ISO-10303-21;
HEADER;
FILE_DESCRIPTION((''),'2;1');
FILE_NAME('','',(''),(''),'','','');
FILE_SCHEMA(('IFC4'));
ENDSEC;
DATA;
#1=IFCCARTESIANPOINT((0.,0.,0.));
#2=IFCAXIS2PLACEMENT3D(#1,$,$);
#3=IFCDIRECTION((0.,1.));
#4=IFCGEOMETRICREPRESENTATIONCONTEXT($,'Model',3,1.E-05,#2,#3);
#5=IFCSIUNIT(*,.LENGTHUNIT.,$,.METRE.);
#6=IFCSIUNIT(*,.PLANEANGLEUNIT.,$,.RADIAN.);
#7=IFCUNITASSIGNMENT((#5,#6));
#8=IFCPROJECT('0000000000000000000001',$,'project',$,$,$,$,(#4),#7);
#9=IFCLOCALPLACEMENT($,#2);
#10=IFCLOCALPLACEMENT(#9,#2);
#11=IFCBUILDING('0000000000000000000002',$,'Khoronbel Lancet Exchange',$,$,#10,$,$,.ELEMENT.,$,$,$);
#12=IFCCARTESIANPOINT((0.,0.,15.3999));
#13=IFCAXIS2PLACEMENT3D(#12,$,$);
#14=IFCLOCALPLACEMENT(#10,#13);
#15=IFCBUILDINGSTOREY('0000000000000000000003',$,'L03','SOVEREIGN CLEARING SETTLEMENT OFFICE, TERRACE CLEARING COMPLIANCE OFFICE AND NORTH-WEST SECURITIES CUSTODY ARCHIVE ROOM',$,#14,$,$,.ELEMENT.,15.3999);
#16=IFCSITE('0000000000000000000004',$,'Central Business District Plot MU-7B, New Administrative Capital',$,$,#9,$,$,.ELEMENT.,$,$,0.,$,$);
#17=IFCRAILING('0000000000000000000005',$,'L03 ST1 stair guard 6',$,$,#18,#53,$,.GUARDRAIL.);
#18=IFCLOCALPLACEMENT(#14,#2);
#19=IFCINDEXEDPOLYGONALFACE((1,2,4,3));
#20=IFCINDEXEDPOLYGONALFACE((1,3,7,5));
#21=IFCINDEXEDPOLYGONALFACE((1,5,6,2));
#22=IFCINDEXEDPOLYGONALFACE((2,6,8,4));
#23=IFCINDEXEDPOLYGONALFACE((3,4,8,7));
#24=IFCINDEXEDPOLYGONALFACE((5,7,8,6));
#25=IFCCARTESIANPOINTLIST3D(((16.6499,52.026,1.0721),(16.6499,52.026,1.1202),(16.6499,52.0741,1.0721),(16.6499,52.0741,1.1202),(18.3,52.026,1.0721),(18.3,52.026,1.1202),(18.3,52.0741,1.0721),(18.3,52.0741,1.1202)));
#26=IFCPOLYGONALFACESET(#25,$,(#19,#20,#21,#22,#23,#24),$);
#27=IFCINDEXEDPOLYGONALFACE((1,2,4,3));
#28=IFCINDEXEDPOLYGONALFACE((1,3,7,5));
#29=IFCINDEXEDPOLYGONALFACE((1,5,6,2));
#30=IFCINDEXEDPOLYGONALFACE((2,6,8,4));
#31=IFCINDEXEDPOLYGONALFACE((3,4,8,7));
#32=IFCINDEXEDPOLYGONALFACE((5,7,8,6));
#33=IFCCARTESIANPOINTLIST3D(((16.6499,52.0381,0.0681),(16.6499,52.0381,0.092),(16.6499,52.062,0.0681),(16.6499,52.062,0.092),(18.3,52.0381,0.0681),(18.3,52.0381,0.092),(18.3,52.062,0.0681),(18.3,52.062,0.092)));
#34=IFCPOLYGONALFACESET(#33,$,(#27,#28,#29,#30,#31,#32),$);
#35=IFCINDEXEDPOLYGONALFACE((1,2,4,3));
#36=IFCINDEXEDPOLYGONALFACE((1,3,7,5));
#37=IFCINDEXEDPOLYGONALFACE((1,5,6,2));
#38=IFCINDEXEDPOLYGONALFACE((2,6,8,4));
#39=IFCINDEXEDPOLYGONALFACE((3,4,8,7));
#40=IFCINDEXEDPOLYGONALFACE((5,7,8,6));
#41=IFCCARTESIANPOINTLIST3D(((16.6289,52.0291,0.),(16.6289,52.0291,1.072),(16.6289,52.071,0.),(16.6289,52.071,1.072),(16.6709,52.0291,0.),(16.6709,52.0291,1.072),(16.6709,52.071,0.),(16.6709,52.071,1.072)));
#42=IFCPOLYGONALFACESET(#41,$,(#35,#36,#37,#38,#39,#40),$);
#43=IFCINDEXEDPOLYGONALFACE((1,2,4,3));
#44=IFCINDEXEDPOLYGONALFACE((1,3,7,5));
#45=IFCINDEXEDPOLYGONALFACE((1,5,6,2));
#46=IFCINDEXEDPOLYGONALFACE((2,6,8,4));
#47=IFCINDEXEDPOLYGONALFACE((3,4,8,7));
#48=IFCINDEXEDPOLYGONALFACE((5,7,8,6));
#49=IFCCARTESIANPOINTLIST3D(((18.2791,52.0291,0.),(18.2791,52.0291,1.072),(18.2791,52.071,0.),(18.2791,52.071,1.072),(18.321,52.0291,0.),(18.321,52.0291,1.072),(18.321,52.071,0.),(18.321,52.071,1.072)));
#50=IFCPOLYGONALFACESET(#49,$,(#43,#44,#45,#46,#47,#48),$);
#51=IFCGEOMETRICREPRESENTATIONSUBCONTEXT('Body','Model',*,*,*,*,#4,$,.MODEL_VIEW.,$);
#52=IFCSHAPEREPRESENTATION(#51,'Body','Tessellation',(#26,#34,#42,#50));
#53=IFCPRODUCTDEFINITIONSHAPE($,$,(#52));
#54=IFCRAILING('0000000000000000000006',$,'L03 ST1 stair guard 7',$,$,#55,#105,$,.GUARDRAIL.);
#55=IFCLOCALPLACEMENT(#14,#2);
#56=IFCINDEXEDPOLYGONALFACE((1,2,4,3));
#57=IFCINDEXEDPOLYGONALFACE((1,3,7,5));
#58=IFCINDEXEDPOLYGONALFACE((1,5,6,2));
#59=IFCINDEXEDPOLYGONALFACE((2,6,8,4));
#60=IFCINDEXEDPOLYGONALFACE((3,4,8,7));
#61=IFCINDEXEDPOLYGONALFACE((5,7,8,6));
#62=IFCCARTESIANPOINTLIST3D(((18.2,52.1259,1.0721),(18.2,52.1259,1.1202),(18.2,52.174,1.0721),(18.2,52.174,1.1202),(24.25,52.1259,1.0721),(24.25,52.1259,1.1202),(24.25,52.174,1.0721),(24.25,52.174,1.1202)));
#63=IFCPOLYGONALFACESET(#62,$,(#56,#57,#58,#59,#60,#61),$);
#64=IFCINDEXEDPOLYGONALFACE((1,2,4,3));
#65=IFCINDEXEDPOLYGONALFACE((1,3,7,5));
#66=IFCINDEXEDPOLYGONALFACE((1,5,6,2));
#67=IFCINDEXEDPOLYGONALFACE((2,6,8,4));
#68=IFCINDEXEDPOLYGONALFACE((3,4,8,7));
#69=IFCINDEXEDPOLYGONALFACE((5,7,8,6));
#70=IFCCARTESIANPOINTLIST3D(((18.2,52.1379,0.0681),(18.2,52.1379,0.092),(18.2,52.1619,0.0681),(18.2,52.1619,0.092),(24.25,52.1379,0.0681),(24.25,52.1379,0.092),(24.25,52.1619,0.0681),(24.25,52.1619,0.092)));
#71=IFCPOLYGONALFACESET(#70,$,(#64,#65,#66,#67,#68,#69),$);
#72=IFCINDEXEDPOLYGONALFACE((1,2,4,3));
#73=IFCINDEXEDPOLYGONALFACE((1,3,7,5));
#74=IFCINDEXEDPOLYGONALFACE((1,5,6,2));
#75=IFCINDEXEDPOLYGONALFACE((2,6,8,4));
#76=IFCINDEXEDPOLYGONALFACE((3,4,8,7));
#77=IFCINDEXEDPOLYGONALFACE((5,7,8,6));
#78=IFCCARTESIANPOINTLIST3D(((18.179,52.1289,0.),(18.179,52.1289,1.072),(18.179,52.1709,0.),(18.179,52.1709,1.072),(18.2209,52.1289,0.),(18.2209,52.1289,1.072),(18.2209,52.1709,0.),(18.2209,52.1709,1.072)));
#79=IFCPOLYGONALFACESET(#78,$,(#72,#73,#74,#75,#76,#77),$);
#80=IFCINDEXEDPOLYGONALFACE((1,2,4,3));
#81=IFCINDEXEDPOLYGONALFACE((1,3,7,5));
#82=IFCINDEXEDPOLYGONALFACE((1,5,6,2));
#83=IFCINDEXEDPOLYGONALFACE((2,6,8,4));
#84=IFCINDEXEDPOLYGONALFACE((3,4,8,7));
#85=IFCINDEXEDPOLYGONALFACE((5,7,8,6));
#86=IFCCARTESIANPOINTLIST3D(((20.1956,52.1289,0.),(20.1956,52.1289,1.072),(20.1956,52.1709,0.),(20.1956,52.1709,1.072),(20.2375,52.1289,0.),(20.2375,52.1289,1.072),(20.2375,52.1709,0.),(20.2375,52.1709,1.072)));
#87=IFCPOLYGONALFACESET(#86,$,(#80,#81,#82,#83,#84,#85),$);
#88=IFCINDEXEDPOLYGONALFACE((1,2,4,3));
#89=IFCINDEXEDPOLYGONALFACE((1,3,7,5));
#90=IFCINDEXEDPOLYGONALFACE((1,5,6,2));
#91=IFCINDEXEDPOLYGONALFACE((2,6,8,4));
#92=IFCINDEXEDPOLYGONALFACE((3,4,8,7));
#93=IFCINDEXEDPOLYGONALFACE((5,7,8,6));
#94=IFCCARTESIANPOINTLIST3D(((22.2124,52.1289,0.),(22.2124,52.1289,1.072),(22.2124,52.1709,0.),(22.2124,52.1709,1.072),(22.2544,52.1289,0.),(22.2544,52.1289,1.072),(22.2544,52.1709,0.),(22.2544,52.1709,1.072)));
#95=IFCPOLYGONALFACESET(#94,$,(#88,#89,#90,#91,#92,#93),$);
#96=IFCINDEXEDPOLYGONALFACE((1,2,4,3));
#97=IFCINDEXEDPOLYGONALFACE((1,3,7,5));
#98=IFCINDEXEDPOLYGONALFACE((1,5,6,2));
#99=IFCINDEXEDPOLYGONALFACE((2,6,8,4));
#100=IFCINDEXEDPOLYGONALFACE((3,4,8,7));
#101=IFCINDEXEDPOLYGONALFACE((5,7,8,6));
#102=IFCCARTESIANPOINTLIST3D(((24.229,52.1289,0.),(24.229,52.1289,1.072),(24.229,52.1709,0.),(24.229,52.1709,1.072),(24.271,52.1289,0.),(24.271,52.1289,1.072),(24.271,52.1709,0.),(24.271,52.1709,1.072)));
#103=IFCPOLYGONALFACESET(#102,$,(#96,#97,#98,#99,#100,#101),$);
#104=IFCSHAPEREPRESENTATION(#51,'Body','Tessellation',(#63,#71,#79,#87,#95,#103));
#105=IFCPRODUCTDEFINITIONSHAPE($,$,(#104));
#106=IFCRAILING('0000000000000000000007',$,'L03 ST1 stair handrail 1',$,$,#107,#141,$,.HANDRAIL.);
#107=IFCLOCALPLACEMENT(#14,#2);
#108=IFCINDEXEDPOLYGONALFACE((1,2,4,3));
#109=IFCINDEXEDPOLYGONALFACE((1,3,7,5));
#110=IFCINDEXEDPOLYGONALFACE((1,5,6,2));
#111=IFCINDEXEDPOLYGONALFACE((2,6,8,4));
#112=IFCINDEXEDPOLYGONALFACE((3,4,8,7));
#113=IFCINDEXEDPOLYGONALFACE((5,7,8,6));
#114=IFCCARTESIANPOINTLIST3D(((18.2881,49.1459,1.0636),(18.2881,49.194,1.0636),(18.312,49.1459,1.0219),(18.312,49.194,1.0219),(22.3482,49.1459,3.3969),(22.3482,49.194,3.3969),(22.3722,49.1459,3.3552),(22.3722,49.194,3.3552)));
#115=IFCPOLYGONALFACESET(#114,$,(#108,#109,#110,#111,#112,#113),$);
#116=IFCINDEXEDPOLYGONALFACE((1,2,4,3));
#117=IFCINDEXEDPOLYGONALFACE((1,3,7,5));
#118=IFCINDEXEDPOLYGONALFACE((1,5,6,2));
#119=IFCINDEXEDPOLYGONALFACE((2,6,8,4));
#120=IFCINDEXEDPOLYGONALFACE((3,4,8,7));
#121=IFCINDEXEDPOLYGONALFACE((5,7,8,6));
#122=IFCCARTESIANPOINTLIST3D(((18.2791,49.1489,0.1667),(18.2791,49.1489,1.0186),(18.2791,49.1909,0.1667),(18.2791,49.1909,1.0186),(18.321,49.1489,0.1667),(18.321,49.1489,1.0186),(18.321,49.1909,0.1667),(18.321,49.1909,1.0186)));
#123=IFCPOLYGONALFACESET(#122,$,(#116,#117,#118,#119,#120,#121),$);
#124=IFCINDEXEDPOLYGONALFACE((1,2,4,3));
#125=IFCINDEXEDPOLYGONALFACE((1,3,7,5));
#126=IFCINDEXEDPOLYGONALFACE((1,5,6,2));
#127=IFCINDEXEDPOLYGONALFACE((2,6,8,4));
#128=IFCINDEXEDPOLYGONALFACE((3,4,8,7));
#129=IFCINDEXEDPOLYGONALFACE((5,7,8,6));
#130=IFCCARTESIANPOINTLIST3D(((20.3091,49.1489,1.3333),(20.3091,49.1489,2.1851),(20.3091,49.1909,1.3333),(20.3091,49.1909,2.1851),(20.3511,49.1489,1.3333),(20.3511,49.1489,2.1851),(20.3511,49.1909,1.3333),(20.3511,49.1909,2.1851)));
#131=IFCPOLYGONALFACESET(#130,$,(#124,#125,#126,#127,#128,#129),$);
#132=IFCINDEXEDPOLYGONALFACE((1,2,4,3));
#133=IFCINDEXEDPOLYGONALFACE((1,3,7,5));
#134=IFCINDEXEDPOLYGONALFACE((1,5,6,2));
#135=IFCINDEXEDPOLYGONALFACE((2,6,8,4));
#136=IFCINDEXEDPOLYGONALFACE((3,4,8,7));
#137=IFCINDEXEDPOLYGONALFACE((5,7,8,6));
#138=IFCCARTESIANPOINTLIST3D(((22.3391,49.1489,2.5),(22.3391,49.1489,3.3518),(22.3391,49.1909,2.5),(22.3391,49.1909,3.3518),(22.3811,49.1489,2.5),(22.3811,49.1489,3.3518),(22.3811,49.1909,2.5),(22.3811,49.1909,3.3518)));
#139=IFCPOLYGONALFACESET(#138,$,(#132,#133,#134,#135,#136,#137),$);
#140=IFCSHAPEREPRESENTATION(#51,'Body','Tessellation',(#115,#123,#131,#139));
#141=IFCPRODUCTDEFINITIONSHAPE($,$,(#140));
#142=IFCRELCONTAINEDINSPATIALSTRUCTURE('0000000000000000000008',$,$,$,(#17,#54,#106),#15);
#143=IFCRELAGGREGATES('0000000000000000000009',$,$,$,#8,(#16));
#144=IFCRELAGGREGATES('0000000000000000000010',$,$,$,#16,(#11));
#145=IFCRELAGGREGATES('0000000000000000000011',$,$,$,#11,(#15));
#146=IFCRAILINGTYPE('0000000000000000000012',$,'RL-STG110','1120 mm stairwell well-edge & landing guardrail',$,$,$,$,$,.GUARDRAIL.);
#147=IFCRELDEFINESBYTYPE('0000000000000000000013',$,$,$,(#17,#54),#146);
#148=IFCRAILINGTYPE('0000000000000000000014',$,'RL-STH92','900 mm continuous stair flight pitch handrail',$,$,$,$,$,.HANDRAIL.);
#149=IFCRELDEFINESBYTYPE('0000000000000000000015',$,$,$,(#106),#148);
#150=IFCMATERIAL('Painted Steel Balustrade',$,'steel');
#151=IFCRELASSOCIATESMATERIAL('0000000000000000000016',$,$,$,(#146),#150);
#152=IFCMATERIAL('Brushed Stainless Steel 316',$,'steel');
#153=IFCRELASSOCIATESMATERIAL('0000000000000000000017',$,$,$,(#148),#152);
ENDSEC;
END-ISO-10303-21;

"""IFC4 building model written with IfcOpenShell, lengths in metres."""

from ifc_helpers import new_model, si_unit, direction, frame, origin, origin_2d, place, context, subcontext, project, spatial, rectangle, extrude, material, type_object, element, save


model = new_model("IFC4")

# Units and contexts
model_context = context("Model", 3, precision=1e-05, world=origin(), true_north=direction((0.0, 1.0)))
body_context = subcontext(model_context, "Body", "Model", "MODEL_VIEW")
ifc_project = project(units=[si_unit("LENGTHUNIT", "METRE"), si_unit("PLANEANGLEUNIT", "RADIAN")], contexts=[model_context])

# Site, building, storey
site_placement = place(None, origin())
site = spatial("IfcSite", under=ifc_project, at=site_placement, Name="Central Business District Plot MU-7B, New Administrative Capital", CompositionType="ELEMENT", RefElevation=0.0)
building_placement = place(site_placement, origin())
building = spatial("IfcBuilding", under=site, at=building_placement, Name="Khoronbel Lancet Exchange", CompositionType="ELEMENT")
storey_placement = place(building_placement, frame((0.0, 0.0, 15.3999)))
storey = spatial("IfcBuildingStorey", under=building, at=storey_placement, Name="L03", Description="SOVEREIGN CLEARING SETTLEMENT OFFICE, TERRACE CLEARING COMPLIANCE OFFICE AND NORTH-WEST SECURITIES CUSTODY ARCHIVE ROOM", CompositionType="ELEMENT", Elevation=15.3999)

# Railings
ifc_material_1 = material(Name="Painted Steel Balustrade", Category="steel")
railing_type_1 = type_object("IfcRailingType", Name="RL-STG110", Description="1120 mm stairwell well-edge & landing guardrail", PredefinedType="GUARDRAIL", material=ifc_material_1)
railing_1_placement = place(storey_placement, frame((16.6499, 52.05, 0.0)))
element("IfcRailing", 1, at=railing_1_placement, inside=storey, type_object=railing_type_1, Name="L03 ST1 stair guard 6", PredefinedType="GUARDRAIL", context=body_context, shape_type="SweptSolid", body=[
    extrude(rectangle(XDim=0.0481, YDim=0.0481, at=origin_2d()), frame((0.0, 0.0, 1.0962), z_axis=(1.0, 0.0, 0.0), x_axis=(0.0, 1.0, 0.0)), (0.0, 0.0, 1.0), 1.6501),
    extrude(rectangle(XDim=0.0239, YDim=0.0239, at=origin_2d()), frame((0.0, 0.0, 0.0801), z_axis=(1.0, 0.0, 0.0), x_axis=(0.0, 1.0, 0.0)), (0.0, 0.0, 1.0), 1.6501),
    extrude(rectangle(XDim=0.042, YDim=0.042, at=origin_2d()), origin(), (0.0, 0.0, 1.0), 1.072),
    extrude(rectangle(XDim=0.042, YDim=0.042, at=origin_2d()), frame((1.6501, 0.0, 0.0)), (0.0, 0.0, 1.0), 1.072),
])
railing_2_placement = place(storey_placement, frame((18.2, 52.1499, 0.0)))
element("IfcRailing", 2, at=railing_2_placement, inside=storey, type_object=railing_type_1, Name="L03 ST1 stair guard 7", PredefinedType="GUARDRAIL", context=body_context, shape_type="SweptSolid", body=[
    extrude(rectangle(XDim=0.0481, YDim=0.0481, at=origin_2d()), frame((0.0, 0.0, 1.0962), z_axis=(1.0, 0.0, 0.0), x_axis=(0.0, 1.0, 0.0)), (0.0, 0.0, 1.0), 6.05),
    extrude(rectangle(XDim=0.0239, YDim=0.0239, at=origin_2d()), frame((0.0, 0.0, 0.0801), z_axis=(1.0, 0.0, 0.0), x_axis=(0.0, 1.0, 0.0)), (0.0, 0.0, 1.0), 6.05),
    extrude(rectangle(XDim=0.042, YDim=0.042, at=origin_2d()), origin(), (0.0, 0.0, 1.0), 1.072),
    extrude(rectangle(XDim=0.042, YDim=0.042, at=origin_2d()), frame((2.0166, 0.0, 0.0)), (0.0, 0.0, 1.0), 1.072),
    extrude(rectangle(XDim=0.042, YDim=0.042, at=origin_2d()), frame((4.0334, 0.0, 0.0)), (0.0, 0.0, 1.0), 1.072),
    extrude(rectangle(XDim=0.042, YDim=0.042, at=origin_2d()), frame((6.05, 0.0, 0.0)), (0.0, 0.0, 1.0), 1.072),
])
ifc_material_2 = material(Name="Brushed Stainless Steel 316", Category="steel")
railing_type_2 = type_object("IfcRailingType", Name="RL-STH92", Description="900 mm continuous stair flight pitch handrail", PredefinedType="HANDRAIL", material=ifc_material_2)
railing_3_placement = place(storey_placement, frame((18.3, 49.1699, 0.1667)))
element("IfcRailing", 3, at=railing_3_placement, inside=storey, type_object=railing_type_2, Name="L03 ST1 stair handrail 1", PredefinedType="HANDRAIL", context=body_context, shape_type="SweptSolid", body=[
    extrude(rectangle(XDim=0.0481, YDim=0.0481, at=origin_2d()), frame((0.0, 0.0, 0.876), z_axis=(0.867025, 0.0, 0.498265), x_axis=(0.0, 1.0, 0.0)), (0.0, 0.0, 1.0), 4.6829),
    extrude(rectangle(XDim=0.042, YDim=0.042, at=origin_2d()), origin(), (0.0, 0.0, 1.0), 0.8518),
    extrude(rectangle(XDim=0.042, YDim=0.042, at=origin_2d()), frame((2.03, 0.0, 1.1665)), (0.0, 0.0, 1.0), 0.8518),
    extrude(rectangle(XDim=0.042, YDim=0.042, at=origin_2d()), frame((4.0601, 0.0, 2.3333)), (0.0, 0.0, 1.0), 0.8518),
])

save(model, "model.ifc")
